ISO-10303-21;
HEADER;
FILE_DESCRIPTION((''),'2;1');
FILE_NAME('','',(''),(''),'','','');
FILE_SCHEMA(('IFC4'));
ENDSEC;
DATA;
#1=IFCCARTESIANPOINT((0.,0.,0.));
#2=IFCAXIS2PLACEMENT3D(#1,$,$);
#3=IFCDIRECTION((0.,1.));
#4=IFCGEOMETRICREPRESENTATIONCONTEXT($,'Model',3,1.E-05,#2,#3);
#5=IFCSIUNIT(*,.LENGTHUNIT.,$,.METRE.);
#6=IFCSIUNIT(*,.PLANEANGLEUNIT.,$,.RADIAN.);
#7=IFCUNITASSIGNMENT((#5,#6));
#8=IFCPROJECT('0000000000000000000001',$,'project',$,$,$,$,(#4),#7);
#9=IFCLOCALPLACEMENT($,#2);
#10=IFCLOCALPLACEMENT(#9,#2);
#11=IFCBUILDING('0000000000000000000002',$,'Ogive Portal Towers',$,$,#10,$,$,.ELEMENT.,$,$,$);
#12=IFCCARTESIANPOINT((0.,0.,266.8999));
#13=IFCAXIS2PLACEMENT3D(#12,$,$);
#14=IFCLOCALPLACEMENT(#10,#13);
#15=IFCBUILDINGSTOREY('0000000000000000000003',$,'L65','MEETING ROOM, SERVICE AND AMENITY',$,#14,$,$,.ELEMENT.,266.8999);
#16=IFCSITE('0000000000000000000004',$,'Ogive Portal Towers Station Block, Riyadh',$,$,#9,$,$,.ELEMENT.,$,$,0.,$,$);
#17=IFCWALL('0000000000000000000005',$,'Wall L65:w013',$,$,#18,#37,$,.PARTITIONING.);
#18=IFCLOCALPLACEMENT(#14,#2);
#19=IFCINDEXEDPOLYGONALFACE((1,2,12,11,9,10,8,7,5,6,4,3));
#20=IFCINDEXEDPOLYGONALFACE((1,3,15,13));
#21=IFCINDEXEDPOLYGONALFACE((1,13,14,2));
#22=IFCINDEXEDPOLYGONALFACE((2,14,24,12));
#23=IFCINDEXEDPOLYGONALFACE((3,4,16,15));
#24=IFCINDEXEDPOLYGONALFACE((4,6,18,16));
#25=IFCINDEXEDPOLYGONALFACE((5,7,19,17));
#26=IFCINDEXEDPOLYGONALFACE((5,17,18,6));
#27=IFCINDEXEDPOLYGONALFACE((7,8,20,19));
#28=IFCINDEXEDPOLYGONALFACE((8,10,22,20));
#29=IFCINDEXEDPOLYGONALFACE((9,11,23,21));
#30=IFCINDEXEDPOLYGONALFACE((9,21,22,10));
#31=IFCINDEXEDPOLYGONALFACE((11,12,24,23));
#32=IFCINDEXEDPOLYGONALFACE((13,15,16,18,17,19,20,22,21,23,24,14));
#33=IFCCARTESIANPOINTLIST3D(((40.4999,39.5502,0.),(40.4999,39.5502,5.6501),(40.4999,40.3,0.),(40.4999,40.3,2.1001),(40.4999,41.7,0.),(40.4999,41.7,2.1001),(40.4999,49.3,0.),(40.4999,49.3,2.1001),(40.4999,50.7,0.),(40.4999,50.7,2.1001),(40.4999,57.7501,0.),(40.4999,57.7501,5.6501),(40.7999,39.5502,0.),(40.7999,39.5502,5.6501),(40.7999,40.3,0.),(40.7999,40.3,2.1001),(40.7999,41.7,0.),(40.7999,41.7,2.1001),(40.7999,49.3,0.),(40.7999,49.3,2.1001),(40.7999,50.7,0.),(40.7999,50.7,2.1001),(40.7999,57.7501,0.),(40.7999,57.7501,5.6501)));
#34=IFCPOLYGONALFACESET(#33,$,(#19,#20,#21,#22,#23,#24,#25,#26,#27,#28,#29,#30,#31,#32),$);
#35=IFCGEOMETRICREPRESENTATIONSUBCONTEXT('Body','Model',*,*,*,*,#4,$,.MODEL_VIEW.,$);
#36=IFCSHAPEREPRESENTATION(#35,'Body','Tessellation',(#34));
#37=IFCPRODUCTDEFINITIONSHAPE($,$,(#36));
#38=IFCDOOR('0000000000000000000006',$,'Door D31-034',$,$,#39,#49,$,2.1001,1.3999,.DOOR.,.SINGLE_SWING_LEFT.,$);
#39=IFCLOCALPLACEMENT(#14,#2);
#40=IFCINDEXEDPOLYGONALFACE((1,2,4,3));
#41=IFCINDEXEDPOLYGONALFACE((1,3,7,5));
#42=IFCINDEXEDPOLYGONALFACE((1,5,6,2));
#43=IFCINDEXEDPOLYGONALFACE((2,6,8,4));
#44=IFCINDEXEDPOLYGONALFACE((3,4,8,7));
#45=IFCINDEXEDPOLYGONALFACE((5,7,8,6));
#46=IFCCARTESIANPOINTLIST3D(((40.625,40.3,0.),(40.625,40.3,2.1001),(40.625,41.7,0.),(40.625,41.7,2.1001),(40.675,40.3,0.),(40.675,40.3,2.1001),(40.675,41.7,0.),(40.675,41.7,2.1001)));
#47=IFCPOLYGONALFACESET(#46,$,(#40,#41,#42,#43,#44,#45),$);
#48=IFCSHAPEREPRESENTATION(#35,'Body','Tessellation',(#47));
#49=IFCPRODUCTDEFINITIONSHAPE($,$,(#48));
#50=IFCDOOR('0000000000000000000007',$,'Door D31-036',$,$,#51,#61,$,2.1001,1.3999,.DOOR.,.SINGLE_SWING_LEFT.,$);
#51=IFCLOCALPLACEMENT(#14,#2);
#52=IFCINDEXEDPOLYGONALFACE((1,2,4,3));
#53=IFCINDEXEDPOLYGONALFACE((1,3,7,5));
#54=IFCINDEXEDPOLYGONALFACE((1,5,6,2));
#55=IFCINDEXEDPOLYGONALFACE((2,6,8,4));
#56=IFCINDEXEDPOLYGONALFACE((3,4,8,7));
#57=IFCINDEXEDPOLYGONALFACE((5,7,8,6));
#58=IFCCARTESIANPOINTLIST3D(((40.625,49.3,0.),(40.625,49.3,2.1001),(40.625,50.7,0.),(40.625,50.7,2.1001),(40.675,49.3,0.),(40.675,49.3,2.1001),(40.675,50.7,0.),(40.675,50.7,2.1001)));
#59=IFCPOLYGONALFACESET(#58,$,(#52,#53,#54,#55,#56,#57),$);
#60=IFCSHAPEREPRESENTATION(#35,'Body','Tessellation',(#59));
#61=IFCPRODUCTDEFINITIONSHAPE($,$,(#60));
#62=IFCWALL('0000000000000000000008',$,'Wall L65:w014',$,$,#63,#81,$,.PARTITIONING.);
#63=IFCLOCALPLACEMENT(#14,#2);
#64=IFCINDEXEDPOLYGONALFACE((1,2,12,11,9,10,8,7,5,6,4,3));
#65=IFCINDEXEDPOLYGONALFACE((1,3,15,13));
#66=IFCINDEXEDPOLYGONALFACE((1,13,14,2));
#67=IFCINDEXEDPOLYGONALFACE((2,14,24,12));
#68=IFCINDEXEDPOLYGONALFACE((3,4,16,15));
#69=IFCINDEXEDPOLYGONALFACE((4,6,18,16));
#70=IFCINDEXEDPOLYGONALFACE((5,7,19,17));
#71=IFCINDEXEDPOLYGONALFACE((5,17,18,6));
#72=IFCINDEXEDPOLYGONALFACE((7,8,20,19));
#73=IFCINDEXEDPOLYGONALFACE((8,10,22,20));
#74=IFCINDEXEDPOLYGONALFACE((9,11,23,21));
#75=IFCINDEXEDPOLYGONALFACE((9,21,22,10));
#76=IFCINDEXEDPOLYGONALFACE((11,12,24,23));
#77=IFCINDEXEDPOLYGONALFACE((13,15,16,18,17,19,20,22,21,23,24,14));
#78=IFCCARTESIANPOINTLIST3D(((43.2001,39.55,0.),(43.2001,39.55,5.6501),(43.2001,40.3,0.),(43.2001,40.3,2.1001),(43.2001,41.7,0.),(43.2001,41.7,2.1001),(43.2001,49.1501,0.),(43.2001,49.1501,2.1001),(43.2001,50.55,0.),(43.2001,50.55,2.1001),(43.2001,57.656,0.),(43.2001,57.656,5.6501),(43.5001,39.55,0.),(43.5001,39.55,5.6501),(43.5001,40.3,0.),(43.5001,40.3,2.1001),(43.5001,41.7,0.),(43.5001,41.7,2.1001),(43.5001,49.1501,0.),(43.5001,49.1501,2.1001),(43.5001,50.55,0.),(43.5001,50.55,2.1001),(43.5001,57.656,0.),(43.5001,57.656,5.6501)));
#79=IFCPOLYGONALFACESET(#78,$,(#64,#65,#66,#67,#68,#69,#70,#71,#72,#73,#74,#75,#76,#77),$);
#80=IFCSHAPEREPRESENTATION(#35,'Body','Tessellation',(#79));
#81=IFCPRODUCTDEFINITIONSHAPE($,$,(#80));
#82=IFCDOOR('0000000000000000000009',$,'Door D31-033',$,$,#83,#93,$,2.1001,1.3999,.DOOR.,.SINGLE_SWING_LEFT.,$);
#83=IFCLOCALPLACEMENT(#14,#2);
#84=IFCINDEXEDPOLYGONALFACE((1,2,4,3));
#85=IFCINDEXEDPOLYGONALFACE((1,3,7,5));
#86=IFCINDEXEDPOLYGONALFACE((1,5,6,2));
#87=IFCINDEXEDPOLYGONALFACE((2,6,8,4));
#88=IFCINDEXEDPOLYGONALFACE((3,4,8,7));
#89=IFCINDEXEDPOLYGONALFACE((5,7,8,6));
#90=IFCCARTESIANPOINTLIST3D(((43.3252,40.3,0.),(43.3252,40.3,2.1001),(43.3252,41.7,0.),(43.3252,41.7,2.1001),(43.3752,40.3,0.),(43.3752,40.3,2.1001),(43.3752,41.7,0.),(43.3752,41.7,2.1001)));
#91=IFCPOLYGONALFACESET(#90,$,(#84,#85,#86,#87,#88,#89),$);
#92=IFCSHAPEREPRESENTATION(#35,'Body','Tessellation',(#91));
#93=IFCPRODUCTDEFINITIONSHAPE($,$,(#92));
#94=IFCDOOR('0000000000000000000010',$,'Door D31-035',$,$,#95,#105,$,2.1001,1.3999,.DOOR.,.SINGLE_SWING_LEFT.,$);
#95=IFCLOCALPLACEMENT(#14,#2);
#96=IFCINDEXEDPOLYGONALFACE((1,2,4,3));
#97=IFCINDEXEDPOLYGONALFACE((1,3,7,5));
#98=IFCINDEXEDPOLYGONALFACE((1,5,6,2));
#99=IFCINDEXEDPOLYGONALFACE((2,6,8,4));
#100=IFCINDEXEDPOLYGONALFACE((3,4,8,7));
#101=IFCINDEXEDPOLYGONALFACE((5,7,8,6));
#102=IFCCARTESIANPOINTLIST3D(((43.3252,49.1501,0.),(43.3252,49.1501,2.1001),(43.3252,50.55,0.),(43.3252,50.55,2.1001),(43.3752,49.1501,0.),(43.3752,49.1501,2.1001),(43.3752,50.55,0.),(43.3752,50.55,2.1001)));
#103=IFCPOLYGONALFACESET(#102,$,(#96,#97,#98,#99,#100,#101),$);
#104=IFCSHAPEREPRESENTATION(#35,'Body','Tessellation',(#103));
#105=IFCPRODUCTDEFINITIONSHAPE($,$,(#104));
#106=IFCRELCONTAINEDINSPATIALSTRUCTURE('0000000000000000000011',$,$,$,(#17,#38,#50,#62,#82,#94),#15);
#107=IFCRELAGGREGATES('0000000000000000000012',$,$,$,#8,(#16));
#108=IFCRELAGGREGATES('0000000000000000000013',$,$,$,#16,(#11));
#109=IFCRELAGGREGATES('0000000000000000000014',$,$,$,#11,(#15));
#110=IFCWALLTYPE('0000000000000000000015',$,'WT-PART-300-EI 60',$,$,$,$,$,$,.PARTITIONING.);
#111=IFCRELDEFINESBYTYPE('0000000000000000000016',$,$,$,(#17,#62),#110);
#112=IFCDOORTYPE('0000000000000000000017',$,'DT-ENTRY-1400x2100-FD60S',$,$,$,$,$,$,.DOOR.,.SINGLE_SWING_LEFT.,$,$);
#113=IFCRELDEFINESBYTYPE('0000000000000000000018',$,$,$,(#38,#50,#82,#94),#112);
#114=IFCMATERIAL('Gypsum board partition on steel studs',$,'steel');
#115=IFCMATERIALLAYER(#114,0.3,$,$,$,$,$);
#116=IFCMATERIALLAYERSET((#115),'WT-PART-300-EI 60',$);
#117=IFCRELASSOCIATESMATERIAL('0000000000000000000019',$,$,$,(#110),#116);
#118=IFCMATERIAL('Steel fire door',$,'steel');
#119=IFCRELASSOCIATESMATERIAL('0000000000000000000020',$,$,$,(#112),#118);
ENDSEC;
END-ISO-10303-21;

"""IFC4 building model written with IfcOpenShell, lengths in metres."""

from ifc_helpers import new_model, si_unit, direction, frame, frame_2d, origin, place, context, subcontext, project, spatial, rectangle, extrude, material, layer, layer_set, type_object, element, fill, save


model = new_model("IFC4")

# Units and contexts
model_context = context("Model", 3, precision=1e-05, world=origin(), true_north=direction((0.0, 1.0)))
body_context = subcontext(model_context, "Body", "Model", "MODEL_VIEW")
ifc_project = project(units=[si_unit("LENGTHUNIT", "METRE"), si_unit("PLANEANGLEUNIT", "RADIAN")], contexts=[model_context])

# Site, building, storey
site_placement = place(None, origin())
site = spatial("IfcSite", under=ifc_project, at=site_placement, Name="Ogive Portal Towers Station Block, Riyadh", CompositionType="ELEMENT", RefElevation=0.0)
building_placement = place(site_placement, origin())
building = spatial("IfcBuilding", under=site, at=building_placement, Name="Ogive Portal Towers", CompositionType="ELEMENT")
storey_placement = place(building_placement, frame((0.0, 0.0, 266.8999)))
storey = spatial("IfcBuildingStorey", under=building, at=storey_placement, Name="L65", Description="MEETING ROOM, SERVICE AND AMENITY", CompositionType="ELEMENT", Elevation=266.8999)

# Shared definitions
ifc_material_1 = material(Name="Gypsum board partition on steel studs", Category="steel")
ifc_layer_1 = layer(ifc_material_1, 0.3)
ifc_layer_set_1 = layer_set([ifc_layer_1], Name="WT-PART-300-EI 60")
wall_type = type_object("IfcWallType", Name="WT-PART-300-EI 60", PredefinedType="PARTITIONING", material=ifc_layer_set_1)

# Walls, openings, doors
wall_1_placement = place(storey_placement, frame((40.6499, 39.55, 0.0), z_axis=(0.0, 0.0, 1.0), x_axis=(0.0, 1.0, 0.0)))
wall_1 = element("IfcWall", 1, at=wall_1_placement, inside=storey, type_object=wall_type, Name="Wall L65:w013", PredefinedType="PARTITIONING", context=body_context, shape_type="SweptSolid", body=[
    extrude(rectangle(XDim=18.2, YDim=0.3, at=frame_2d((9.1001, 0.0))), origin(), (0.0, 0.0, 1.0), 5.6501),
])
opening_1_placement = place(wall_1_placement, frame((0.75, 0.0, 0.0)))
opening_1 = element("IfcOpeningElement", 2, at=opening_1_placement, cuts=wall_1, PredefinedType="OPENING", context=body_context, shape_type="SweptSolid", body=[
    extrude(rectangle(XDim=1.3999, YDim=2.1001, at=frame_2d((0.7, 1.05))), frame((0.0, 0.1602, 0.0), z_axis=(0.0, -1.0, 0.0), x_axis=(1.0, 0.0, 0.0)), (0.0, 0.0, 1.0), 0.3201),
])
opening_2_placement = place(wall_1_placement, frame((9.75, 0.0, 0.0)))
opening_2 = element("IfcOpeningElement", 3, at=opening_2_placement, cuts=wall_1, PredefinedType="OPENING", context=body_context, shape_type="SweptSolid", body=[
    extrude(rectangle(XDim=1.3999, YDim=2.1001, at=frame_2d((0.7, 1.05))), frame((0.0, 0.1602, 0.0), z_axis=(0.0, -1.0, 0.0), x_axis=(1.0, 0.0, 0.0)), (0.0, 0.0, 1.0), 0.3201),
])
ifc_material_2 = material(Name="Steel fire door", Category="steel")
door_type = type_object("IfcDoorType", Name="DT-ENTRY-1400x2100-FD60S", OperationType="SINGLE_SWING_LEFT", PredefinedType="DOOR", material=ifc_material_2)
door_1_placement = place(opening_1_placement, origin())
door_1 = element("IfcDoor", 4, at=door_1_placement, inside=storey, type_object=door_type, Name="Door D31-034", OperationType="SINGLE_SWING_LEFT", OverallHeight=2.1001, OverallWidth=1.3999, PredefinedType="DOOR", context=body_context, shape_type="SweptSolid", body=[
    extrude(rectangle(XDim=1.3999, YDim=2.1001, at=frame_2d((0.7, 1.05))), frame((0.0, 0.0249, 0.0), z_axis=(0.0, -1.0, 0.0), x_axis=(1.0, 0.0, 0.0)), (0.0, 0.0, 1.0), 0.05),
])
fill(opening_1, door_1)
door_2_placement = place(opening_2_placement, origin())
door_2 = element("IfcDoor", 5, at=door_2_placement, inside=storey, type_object=door_type, Name="Door D31-036", OperationType="SINGLE_SWING_LEFT", OverallHeight=2.1001, OverallWidth=1.3999, PredefinedType="DOOR", context=body_context, shape_type="SweptSolid", body=[
    extrude(rectangle(XDim=1.3999, YDim=2.1001, at=frame_2d((0.7, 1.05))), frame((0.0, 0.0249, 0.0), z_axis=(0.0, -1.0, 0.0), x_axis=(1.0, 0.0, 0.0)), (0.0, 0.0, 1.0), 0.05),
])
fill(opening_2, door_2)
wall_2_placement = place(storey_placement, frame((43.3501, 39.55, 0.0), z_axis=(0.0, 0.0, 1.0), x_axis=(0.0, 1.0, 0.0)))
wall_2 = element("IfcWall", 6, at=wall_2_placement, inside=storey, type_object=wall_type, Name="Wall L65:w014", PredefinedType="PARTITIONING", context=body_context, shape_type="SweptSolid", body=[
    extrude(rectangle(XDim=18.106, YDim=0.3, at=frame_2d((9.053, 0.0))), origin(), (0.0, 0.0, 1.0), 5.6501),
])
opening_3_placement = place(wall_2_placement, frame((0.75, 0.0, 0.0)))
opening_3 = element("IfcOpeningElement", 7, at=opening_3_placement, cuts=wall_2, PredefinedType="OPENING", context=body_context, shape_type="SweptSolid", body=[
    extrude(rectangle(XDim=1.3999, YDim=2.1001, at=frame_2d((0.7, 1.05))), frame((0.0, 0.1602, 0.0), z_axis=(0.0, -1.0, 0.0), x_axis=(1.0, 0.0, 0.0)), (0.0, 0.0, 1.0), 0.3201),
])
opening_4_placement = place(wall_2_placement, frame((9.6001, 0.0, 0.0)))
opening_4 = element("IfcOpeningElement", 8, at=opening_4_placement, cuts=wall_2, PredefinedType="OPENING", context=body_context, shape_type="SweptSolid", body=[
    extrude(rectangle(XDim=1.3999, YDim=2.1001, at=frame_2d((0.7, 1.05))), frame((0.0, 0.1602, 0.0), z_axis=(0.0, -1.0, 0.0), x_axis=(1.0, 0.0, 0.0)), (0.0, 0.0, 1.0), 0.3201),
])
door_3_placement = place(opening_3_placement, origin())
door_3 = element("IfcDoor", 9, at=door_3_placement, inside=storey, type_object=door_type, Name="Door D31-033", OperationType="SINGLE_SWING_LEFT", OverallHeight=2.1001, OverallWidth=1.3999, PredefinedType="DOOR", context=body_context, shape_type="SweptSolid", body=[
    extrude(rectangle(XDim=1.3999, YDim=2.1001, at=frame_2d((0.7, 1.05))), frame((0.0, 0.0249, 0.0), z_axis=(0.0, -1.0, 0.0), x_axis=(1.0, 0.0, 0.0)), (0.0, 0.0, 1.0), 0.05),
])
fill(opening_3, door_3)
door_4_placement = place(opening_4_placement, origin())
door_4 = element("IfcDoor", 10, at=door_4_placement, inside=storey, type_object=door_type, Name="Door D31-035", OperationType="SINGLE_SWING_LEFT", OverallHeight=2.1001, OverallWidth=1.3999, PredefinedType="DOOR", context=body_context, shape_type="SweptSolid", body=[
    extrude(rectangle(XDim=1.3999, YDim=2.1001, at=frame_2d((0.7, 1.05))), frame((0.0, 0.0249, 0.0), z_axis=(0.0, -1.0, 0.0), x_axis=(1.0, 0.0, 0.0)), (0.0, 0.0, 1.0), 0.05),
])
fill(opening_4, door_4)

save(model, "model.ifc")
